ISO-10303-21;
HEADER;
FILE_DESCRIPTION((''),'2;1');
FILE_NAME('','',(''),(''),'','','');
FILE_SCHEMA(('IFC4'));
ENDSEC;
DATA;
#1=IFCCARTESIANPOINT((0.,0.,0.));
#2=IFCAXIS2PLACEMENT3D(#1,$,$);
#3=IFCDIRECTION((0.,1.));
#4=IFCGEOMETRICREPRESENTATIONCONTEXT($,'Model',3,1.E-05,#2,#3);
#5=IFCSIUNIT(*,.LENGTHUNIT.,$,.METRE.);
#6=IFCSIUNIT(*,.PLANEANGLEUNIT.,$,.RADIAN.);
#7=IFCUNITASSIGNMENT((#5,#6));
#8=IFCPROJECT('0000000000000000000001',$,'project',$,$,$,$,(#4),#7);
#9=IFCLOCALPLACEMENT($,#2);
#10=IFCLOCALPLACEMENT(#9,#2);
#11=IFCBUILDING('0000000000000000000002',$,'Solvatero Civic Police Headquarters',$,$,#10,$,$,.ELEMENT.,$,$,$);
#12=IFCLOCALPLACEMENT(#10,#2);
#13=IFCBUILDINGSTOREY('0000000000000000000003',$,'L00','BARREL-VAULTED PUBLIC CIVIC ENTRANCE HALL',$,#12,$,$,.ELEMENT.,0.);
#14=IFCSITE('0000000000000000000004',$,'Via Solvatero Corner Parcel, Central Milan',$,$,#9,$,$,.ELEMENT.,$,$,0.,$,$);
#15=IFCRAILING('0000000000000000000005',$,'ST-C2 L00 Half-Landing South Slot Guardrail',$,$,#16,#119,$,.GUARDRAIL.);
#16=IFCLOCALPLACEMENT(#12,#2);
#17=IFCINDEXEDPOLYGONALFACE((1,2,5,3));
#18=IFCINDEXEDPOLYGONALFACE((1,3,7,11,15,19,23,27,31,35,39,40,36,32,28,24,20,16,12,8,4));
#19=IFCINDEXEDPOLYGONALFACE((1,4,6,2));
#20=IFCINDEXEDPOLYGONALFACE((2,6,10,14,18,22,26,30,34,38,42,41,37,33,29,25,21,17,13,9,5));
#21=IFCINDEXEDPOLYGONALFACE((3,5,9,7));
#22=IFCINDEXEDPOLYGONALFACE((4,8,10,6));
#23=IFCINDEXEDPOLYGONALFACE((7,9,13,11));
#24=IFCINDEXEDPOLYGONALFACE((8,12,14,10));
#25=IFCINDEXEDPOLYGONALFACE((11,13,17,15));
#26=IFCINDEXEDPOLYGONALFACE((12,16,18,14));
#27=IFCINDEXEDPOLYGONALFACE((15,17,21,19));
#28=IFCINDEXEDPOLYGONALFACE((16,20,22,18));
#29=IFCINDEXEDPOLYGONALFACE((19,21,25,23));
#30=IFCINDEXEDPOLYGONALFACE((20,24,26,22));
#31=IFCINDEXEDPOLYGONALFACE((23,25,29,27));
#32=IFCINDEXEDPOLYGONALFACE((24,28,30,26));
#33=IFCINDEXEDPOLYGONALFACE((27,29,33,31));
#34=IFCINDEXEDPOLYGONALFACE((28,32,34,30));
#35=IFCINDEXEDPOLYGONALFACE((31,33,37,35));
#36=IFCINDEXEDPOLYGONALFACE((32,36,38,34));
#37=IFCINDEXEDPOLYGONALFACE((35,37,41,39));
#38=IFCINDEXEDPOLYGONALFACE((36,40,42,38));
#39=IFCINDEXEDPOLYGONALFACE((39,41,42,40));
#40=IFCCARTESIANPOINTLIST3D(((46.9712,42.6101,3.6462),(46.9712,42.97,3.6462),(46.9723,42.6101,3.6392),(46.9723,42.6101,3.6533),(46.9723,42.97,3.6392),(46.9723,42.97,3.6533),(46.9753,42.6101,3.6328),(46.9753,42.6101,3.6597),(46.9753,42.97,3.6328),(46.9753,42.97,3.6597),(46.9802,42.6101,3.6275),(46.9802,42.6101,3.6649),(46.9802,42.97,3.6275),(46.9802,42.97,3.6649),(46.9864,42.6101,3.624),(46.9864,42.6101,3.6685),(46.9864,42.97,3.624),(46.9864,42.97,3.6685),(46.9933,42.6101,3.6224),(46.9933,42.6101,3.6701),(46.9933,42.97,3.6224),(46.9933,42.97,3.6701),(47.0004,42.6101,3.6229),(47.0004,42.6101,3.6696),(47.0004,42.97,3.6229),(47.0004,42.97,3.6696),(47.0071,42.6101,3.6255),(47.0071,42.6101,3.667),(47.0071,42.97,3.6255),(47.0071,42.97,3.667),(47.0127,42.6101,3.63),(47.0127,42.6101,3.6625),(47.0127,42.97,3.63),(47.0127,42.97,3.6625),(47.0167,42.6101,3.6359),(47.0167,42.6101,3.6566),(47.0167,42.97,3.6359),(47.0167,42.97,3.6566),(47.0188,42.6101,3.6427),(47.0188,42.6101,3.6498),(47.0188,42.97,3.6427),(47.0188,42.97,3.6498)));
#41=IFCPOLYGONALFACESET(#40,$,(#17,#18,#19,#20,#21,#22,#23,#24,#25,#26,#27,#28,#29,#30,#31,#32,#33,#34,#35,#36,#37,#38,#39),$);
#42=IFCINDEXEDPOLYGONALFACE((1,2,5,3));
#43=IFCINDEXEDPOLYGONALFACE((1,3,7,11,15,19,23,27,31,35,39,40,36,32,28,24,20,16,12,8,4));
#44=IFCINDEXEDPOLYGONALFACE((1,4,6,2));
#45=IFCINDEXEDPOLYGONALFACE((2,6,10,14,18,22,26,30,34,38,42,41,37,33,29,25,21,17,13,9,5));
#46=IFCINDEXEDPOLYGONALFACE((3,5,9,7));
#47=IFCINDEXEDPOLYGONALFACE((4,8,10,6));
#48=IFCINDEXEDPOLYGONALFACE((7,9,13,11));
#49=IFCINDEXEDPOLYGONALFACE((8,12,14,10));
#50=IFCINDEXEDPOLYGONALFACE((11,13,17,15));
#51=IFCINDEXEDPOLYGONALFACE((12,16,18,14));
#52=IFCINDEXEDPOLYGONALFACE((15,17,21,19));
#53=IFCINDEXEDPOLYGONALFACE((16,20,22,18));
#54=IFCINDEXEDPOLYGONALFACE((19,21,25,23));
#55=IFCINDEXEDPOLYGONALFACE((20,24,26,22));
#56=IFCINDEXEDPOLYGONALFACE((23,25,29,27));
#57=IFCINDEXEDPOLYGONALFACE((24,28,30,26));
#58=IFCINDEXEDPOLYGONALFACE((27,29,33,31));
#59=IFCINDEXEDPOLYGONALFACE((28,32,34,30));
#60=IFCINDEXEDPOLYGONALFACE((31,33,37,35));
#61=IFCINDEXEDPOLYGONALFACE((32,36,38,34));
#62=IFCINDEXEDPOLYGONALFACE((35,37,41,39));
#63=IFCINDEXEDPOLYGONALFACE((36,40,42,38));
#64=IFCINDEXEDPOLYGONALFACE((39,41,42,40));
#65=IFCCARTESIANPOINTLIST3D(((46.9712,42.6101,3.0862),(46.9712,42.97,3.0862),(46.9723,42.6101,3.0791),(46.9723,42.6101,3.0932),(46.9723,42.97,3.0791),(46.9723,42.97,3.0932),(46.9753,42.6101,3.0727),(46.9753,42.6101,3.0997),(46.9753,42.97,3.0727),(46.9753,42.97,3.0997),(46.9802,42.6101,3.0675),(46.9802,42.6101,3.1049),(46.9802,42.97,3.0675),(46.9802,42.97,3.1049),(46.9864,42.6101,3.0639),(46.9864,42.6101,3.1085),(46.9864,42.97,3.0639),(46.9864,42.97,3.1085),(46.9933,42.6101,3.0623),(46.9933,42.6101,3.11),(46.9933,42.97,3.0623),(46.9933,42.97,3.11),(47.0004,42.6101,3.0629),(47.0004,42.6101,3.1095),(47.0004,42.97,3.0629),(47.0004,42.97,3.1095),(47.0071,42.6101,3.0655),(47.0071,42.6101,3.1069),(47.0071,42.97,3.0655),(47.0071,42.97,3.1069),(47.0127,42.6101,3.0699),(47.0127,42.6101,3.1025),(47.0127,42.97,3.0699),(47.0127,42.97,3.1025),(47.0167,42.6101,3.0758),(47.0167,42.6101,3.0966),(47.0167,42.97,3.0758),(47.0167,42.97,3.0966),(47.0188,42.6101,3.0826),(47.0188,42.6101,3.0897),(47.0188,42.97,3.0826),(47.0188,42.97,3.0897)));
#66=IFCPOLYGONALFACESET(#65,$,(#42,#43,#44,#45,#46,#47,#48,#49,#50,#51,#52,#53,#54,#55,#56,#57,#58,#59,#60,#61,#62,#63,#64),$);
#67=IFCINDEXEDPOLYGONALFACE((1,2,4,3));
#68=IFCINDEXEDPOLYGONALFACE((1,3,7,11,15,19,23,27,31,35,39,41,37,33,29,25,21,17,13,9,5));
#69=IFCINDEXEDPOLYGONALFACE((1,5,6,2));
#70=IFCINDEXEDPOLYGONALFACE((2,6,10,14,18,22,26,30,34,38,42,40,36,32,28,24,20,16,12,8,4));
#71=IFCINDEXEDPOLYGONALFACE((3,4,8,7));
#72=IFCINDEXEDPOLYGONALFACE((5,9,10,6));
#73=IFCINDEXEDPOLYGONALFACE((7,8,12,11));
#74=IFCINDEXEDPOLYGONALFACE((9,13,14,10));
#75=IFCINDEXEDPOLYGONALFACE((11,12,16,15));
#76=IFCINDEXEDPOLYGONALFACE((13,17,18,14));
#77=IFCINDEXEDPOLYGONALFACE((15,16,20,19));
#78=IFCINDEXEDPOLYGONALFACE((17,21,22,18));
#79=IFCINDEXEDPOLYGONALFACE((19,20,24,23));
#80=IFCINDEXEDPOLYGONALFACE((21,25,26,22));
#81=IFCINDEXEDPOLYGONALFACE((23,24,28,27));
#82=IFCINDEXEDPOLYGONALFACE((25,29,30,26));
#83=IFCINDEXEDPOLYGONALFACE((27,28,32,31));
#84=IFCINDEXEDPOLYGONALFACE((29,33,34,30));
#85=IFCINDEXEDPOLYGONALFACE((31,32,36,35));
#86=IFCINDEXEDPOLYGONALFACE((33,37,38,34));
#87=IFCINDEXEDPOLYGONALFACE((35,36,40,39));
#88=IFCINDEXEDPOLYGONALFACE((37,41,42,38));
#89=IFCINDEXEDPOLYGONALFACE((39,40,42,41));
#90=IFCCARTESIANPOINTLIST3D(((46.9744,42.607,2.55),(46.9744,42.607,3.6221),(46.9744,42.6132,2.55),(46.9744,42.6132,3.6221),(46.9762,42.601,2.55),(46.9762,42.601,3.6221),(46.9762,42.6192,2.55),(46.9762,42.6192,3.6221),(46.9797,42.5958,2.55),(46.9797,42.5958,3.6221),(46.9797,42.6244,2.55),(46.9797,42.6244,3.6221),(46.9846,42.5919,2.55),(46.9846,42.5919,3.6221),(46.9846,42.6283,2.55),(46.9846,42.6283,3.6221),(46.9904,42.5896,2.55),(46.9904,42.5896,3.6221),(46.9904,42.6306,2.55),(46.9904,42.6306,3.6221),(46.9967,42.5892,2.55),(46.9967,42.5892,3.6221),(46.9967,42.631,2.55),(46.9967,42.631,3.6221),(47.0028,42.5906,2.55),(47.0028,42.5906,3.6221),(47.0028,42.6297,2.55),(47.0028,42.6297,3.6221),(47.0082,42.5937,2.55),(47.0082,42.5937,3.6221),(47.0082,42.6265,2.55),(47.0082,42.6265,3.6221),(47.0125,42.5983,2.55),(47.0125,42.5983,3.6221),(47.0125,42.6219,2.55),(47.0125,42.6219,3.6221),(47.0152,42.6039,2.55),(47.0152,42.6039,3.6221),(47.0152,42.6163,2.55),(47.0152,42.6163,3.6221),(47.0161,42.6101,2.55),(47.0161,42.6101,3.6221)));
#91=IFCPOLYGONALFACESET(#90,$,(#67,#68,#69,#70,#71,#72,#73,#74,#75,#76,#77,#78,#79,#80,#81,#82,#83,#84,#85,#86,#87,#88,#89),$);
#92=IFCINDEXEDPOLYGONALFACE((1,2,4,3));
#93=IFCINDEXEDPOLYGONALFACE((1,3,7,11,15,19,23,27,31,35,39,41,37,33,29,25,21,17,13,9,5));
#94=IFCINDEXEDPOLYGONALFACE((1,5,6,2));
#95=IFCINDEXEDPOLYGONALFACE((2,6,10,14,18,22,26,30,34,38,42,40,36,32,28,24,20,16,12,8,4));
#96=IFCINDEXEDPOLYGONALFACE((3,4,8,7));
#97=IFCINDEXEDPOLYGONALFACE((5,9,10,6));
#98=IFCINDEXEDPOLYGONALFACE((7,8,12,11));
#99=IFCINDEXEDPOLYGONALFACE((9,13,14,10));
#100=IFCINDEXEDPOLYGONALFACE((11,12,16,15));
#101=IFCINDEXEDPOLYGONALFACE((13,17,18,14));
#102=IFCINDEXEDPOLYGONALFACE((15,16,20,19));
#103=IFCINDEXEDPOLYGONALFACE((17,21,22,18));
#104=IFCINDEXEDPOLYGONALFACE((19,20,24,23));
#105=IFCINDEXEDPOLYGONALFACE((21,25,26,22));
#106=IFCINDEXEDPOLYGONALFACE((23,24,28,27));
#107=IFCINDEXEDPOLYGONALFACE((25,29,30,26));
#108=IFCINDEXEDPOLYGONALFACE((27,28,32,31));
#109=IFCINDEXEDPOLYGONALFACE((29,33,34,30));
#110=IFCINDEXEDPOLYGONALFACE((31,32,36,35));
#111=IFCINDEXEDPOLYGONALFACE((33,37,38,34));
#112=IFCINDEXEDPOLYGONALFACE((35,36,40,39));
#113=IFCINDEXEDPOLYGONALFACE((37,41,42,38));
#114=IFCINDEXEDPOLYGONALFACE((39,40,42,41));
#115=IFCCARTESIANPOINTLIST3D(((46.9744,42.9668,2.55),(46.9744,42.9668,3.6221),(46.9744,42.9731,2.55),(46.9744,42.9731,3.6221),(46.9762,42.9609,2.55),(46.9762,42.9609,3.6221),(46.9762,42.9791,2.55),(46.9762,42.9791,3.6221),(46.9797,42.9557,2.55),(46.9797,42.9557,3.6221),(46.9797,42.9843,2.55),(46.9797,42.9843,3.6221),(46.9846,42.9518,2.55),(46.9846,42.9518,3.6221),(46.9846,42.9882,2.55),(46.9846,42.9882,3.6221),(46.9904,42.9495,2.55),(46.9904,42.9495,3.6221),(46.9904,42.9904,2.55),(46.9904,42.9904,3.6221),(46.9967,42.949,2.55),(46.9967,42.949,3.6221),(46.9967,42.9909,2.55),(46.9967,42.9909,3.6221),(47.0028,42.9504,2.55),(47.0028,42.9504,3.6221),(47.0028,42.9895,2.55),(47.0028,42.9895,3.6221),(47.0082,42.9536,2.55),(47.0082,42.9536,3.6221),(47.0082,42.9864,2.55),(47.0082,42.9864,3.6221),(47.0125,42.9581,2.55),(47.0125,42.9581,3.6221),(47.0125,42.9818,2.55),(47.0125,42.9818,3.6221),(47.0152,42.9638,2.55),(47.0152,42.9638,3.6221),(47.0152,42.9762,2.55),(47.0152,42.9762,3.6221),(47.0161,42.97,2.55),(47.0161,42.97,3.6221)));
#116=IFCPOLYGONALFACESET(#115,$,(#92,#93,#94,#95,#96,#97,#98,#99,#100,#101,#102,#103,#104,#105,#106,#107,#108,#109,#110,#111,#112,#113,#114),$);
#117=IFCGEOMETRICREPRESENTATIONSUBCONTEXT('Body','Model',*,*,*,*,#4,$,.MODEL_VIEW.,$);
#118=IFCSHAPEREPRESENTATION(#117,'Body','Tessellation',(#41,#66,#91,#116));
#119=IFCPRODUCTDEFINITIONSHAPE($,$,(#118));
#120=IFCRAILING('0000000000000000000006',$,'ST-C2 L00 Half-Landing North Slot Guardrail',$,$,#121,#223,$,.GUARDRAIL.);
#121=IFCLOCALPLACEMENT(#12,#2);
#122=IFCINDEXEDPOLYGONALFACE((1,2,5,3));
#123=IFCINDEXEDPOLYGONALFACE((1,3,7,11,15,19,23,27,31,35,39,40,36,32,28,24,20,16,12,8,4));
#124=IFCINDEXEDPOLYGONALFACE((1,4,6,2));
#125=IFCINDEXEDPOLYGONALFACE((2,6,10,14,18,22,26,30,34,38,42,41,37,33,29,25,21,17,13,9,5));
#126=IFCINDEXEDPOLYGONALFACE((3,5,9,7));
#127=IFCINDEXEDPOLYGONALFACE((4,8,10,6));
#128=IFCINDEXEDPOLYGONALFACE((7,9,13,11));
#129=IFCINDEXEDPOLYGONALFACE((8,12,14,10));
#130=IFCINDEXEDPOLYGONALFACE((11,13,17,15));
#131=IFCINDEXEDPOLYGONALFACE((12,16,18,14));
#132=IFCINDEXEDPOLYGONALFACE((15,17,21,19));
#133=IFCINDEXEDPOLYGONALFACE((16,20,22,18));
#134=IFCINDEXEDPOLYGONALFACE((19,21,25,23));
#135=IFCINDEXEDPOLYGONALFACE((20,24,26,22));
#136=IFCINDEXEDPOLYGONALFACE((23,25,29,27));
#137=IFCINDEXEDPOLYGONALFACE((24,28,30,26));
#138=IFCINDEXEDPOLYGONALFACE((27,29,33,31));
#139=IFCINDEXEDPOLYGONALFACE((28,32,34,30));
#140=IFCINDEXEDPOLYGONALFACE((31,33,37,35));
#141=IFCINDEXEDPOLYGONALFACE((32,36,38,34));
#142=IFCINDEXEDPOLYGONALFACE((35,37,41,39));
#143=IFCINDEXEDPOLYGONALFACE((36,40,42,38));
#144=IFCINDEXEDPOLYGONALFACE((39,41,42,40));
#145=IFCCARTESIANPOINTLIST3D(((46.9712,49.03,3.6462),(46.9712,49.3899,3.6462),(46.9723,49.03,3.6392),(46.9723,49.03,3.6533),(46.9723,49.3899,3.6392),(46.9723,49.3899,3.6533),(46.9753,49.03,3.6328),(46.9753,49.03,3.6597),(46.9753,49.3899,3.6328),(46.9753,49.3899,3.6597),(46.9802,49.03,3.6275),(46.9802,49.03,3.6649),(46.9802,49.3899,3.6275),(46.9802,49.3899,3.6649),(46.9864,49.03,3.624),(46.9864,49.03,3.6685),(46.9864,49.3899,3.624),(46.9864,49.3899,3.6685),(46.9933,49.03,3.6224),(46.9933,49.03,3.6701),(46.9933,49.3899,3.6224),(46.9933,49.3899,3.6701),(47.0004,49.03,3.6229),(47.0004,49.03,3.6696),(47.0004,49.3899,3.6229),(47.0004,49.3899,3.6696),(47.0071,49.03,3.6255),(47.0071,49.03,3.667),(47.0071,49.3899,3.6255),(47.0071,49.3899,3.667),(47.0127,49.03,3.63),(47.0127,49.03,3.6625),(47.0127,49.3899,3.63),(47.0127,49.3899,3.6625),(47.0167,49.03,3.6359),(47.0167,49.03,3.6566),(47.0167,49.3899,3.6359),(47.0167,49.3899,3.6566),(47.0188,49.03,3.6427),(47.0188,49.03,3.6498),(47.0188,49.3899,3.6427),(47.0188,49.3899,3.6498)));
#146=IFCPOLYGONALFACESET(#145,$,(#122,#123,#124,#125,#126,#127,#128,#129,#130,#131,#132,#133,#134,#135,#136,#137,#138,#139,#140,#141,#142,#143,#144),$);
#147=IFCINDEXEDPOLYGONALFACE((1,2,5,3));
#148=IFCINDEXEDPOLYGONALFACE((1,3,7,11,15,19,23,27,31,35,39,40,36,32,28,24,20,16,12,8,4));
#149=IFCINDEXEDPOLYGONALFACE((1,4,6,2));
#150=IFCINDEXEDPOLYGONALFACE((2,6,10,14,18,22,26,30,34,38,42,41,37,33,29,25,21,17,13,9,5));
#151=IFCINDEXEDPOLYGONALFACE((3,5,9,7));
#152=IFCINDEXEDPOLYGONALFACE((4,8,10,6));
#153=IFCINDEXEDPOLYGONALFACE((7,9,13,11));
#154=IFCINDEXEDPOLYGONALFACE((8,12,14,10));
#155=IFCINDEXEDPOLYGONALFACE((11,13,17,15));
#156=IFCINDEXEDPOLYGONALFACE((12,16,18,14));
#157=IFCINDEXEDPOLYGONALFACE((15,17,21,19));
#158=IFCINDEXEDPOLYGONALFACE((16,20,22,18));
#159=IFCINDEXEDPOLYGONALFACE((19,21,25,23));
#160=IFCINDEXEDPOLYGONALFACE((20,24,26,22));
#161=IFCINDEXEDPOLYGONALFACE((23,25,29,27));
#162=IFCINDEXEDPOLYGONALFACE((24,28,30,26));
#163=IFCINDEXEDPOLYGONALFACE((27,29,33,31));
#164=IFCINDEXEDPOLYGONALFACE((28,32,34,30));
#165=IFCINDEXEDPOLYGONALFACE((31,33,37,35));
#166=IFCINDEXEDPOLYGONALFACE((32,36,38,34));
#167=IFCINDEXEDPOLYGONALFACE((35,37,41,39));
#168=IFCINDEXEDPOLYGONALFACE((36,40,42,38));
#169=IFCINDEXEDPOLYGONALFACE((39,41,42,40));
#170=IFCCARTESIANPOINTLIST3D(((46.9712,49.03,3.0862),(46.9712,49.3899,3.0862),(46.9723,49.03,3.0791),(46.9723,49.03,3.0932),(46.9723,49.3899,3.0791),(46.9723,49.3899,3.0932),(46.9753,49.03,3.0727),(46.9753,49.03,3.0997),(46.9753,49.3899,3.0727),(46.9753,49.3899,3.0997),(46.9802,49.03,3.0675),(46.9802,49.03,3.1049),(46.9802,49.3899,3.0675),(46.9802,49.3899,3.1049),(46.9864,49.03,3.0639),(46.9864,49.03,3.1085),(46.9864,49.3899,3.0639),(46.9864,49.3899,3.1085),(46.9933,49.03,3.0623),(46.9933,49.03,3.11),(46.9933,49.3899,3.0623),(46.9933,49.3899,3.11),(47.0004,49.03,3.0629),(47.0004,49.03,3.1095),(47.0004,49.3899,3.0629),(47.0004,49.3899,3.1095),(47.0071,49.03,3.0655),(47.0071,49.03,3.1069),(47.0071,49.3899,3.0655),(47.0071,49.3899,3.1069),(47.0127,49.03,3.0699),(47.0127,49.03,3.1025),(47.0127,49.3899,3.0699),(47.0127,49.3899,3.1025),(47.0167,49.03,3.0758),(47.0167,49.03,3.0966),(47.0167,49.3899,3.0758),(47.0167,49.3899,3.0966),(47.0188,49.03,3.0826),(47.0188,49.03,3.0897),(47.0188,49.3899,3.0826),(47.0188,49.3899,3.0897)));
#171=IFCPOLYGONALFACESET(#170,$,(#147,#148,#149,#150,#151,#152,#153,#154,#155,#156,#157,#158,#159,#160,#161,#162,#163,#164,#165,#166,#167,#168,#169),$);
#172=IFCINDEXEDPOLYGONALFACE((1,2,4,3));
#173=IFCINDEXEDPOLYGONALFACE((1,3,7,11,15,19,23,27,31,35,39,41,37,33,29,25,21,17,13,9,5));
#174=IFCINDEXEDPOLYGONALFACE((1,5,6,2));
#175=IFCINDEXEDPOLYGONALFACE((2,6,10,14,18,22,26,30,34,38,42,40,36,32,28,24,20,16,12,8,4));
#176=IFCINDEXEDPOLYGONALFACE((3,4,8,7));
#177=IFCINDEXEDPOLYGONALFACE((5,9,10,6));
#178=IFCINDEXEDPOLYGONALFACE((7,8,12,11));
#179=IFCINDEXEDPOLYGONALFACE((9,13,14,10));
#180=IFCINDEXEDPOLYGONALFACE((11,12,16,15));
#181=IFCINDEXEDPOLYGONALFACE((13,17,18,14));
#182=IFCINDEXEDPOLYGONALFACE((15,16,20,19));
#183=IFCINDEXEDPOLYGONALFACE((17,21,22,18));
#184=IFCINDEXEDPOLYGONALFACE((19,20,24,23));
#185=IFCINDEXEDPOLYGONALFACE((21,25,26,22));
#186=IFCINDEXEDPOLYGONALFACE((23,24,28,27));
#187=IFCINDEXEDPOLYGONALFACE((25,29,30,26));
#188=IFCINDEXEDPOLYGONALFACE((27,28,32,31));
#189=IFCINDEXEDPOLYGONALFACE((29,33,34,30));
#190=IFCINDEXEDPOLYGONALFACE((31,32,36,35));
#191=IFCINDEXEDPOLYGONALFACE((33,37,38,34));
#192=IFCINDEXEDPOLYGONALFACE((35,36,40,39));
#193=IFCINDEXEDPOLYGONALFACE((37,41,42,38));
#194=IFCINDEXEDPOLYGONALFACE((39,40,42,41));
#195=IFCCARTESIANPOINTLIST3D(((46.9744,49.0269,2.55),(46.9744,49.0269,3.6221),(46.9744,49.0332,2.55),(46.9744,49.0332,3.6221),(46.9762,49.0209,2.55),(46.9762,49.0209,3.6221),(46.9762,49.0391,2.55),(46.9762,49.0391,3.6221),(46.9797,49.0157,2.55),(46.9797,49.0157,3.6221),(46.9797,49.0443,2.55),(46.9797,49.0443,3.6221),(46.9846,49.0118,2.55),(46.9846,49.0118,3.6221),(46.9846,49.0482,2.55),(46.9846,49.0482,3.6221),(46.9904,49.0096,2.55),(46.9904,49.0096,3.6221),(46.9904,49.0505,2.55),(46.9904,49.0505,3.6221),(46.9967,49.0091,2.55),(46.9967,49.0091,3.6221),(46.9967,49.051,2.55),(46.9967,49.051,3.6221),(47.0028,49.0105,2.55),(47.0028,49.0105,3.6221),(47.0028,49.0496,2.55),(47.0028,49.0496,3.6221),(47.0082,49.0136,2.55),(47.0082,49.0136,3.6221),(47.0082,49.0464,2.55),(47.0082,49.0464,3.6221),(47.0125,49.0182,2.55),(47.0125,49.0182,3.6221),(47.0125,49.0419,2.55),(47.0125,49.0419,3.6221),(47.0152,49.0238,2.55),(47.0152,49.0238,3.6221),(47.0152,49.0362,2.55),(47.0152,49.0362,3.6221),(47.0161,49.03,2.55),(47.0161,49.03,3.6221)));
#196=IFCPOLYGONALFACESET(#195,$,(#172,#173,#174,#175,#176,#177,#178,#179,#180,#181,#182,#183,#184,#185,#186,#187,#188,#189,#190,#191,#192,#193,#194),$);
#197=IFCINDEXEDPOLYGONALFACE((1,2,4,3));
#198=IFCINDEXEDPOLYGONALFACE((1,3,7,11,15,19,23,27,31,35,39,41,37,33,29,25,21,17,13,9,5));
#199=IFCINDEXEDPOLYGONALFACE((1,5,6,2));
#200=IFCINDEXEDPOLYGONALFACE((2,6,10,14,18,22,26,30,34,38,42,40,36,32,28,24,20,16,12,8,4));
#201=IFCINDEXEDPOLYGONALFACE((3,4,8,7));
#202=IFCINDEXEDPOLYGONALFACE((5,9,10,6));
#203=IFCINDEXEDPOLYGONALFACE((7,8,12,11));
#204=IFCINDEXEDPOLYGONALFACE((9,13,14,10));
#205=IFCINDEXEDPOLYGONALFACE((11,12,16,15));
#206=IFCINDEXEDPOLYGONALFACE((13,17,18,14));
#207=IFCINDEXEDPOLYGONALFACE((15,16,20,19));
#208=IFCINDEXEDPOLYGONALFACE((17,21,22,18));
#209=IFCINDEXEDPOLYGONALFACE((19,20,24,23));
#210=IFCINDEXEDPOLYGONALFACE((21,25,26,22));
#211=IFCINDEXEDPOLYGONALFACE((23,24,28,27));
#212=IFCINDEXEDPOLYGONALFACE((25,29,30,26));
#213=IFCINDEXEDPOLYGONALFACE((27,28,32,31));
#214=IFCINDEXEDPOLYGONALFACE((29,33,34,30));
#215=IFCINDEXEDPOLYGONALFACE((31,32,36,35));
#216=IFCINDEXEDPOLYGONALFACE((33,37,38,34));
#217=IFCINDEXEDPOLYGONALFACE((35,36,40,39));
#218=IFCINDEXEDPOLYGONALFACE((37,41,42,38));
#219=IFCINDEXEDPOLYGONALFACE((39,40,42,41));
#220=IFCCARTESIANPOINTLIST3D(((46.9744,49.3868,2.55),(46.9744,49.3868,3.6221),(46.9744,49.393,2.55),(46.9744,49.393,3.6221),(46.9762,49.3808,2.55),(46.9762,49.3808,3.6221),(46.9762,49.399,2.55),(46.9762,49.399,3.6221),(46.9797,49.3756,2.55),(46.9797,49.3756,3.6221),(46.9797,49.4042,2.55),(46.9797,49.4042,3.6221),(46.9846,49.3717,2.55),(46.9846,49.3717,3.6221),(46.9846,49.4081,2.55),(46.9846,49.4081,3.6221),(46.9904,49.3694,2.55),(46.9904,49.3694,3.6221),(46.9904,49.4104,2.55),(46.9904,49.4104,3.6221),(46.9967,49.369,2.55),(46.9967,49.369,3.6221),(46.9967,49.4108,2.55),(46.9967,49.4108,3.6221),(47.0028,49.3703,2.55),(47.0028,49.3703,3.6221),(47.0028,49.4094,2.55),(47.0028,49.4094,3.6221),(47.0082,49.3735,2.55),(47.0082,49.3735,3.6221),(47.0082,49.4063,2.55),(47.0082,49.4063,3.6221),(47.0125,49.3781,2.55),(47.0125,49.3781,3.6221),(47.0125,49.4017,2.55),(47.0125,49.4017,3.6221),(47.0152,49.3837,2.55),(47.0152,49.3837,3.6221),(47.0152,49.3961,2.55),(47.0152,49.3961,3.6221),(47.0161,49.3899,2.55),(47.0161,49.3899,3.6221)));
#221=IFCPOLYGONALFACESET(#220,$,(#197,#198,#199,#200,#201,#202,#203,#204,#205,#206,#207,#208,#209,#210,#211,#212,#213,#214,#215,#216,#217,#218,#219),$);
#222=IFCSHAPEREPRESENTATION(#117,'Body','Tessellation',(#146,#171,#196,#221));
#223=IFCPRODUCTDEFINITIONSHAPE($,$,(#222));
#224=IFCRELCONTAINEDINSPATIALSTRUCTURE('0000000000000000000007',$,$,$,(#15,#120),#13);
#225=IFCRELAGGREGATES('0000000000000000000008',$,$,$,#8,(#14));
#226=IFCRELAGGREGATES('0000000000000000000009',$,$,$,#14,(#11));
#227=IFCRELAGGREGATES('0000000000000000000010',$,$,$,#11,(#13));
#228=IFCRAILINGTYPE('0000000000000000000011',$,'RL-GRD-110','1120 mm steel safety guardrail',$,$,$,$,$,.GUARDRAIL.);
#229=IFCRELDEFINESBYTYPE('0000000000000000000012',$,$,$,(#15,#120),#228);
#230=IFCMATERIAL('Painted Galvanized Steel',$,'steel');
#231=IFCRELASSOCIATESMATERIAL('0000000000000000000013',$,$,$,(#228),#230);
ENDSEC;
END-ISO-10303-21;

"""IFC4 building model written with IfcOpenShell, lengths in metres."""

from ifc_helpers import new_model, si_unit, direction, frame, origin, origin_2d, place, context, subcontext, project, spatial, circle, extrude, material, type_object, element, save


model = new_model("IFC4")

# Units and contexts
model_context = context("Model", 3, precision=1e-05, world=origin(), true_north=direction((0.0, 1.0)))
body_context = subcontext(model_context, "Body", "Model", "MODEL_VIEW")
ifc_project = project(units=[si_unit("LENGTHUNIT", "METRE"), si_unit("PLANEANGLEUNIT", "RADIAN")], contexts=[model_context])

# Site, building, storey
site_placement = place(None, origin())
site = spatial("IfcSite", under=ifc_project, at=site_placement, Name="Via Solvatero Corner Parcel, Central Milan", CompositionType="ELEMENT", RefElevation=0.0)
building_placement = place(site_placement, origin())
building = spatial("IfcBuilding", under=site, at=building_placement, Name="Solvatero Civic Police Headquarters", CompositionType="ELEMENT")
storey_placement = place(building_placement, origin())
storey = spatial("IfcBuildingStorey", under=building, at=storey_placement, Name="L00", Description="BARREL-VAULTED PUBLIC CIVIC ENTRANCE HALL", CompositionType="ELEMENT", Elevation=0.0)

# Railings
ifc_material_1 = material(Name="Painted Galvanized Steel", Category="steel")
railing_type_1 = type_object("IfcRailingType", Name="RL-GRD-110", Description="1120 mm steel safety guardrail", PredefinedType="GUARDRAIL", material=ifc_material_1)
for number, where, name in (
    (1, (46.9951, 42.6101, 2.55), "ST-C2 L00 Half-Landing South Slot Guardrail"),
    (2, (46.9951, 49.03, 2.55), "ST-C2 L00 Half-Landing North Slot Guardrail"),
):
    element("IfcRailing", number, at=place(storey_placement, frame(where)), inside=storey, type_object=railing_type_1, Name=name, PredefinedType="GUARDRAIL", context=body_context, shape_type="SweptSolid", body=[
        extrude(circle(Radius=0.0239, at=origin_2d()), frame((0.0, 0.0, 1.0962), z_axis=(0.0, 1.0, 0.0), x_axis=(-1.0, 0.0, 0.0)), (0.0, 0.0, 1.0), 0.3599),
        extrude(circle(Radius=0.0239, at=origin_2d()), frame((0.0, 0.0, 0.5361), z_axis=(0.0, 1.0, 0.0), x_axis=(-1.0, 0.0, 0.0)), (0.0, 0.0, 1.0), 0.3599),
        extrude(circle(Radius=0.021, at=origin_2d()), origin(), (0.0, 0.0, 1.0), 1.072),
        extrude(circle(Radius=0.021, at=origin_2d()), frame((0.0, 0.3599, 0.0)), (0.0, 0.0, 1.0), 1.072),
    ])

save(model, "model.ifc")
